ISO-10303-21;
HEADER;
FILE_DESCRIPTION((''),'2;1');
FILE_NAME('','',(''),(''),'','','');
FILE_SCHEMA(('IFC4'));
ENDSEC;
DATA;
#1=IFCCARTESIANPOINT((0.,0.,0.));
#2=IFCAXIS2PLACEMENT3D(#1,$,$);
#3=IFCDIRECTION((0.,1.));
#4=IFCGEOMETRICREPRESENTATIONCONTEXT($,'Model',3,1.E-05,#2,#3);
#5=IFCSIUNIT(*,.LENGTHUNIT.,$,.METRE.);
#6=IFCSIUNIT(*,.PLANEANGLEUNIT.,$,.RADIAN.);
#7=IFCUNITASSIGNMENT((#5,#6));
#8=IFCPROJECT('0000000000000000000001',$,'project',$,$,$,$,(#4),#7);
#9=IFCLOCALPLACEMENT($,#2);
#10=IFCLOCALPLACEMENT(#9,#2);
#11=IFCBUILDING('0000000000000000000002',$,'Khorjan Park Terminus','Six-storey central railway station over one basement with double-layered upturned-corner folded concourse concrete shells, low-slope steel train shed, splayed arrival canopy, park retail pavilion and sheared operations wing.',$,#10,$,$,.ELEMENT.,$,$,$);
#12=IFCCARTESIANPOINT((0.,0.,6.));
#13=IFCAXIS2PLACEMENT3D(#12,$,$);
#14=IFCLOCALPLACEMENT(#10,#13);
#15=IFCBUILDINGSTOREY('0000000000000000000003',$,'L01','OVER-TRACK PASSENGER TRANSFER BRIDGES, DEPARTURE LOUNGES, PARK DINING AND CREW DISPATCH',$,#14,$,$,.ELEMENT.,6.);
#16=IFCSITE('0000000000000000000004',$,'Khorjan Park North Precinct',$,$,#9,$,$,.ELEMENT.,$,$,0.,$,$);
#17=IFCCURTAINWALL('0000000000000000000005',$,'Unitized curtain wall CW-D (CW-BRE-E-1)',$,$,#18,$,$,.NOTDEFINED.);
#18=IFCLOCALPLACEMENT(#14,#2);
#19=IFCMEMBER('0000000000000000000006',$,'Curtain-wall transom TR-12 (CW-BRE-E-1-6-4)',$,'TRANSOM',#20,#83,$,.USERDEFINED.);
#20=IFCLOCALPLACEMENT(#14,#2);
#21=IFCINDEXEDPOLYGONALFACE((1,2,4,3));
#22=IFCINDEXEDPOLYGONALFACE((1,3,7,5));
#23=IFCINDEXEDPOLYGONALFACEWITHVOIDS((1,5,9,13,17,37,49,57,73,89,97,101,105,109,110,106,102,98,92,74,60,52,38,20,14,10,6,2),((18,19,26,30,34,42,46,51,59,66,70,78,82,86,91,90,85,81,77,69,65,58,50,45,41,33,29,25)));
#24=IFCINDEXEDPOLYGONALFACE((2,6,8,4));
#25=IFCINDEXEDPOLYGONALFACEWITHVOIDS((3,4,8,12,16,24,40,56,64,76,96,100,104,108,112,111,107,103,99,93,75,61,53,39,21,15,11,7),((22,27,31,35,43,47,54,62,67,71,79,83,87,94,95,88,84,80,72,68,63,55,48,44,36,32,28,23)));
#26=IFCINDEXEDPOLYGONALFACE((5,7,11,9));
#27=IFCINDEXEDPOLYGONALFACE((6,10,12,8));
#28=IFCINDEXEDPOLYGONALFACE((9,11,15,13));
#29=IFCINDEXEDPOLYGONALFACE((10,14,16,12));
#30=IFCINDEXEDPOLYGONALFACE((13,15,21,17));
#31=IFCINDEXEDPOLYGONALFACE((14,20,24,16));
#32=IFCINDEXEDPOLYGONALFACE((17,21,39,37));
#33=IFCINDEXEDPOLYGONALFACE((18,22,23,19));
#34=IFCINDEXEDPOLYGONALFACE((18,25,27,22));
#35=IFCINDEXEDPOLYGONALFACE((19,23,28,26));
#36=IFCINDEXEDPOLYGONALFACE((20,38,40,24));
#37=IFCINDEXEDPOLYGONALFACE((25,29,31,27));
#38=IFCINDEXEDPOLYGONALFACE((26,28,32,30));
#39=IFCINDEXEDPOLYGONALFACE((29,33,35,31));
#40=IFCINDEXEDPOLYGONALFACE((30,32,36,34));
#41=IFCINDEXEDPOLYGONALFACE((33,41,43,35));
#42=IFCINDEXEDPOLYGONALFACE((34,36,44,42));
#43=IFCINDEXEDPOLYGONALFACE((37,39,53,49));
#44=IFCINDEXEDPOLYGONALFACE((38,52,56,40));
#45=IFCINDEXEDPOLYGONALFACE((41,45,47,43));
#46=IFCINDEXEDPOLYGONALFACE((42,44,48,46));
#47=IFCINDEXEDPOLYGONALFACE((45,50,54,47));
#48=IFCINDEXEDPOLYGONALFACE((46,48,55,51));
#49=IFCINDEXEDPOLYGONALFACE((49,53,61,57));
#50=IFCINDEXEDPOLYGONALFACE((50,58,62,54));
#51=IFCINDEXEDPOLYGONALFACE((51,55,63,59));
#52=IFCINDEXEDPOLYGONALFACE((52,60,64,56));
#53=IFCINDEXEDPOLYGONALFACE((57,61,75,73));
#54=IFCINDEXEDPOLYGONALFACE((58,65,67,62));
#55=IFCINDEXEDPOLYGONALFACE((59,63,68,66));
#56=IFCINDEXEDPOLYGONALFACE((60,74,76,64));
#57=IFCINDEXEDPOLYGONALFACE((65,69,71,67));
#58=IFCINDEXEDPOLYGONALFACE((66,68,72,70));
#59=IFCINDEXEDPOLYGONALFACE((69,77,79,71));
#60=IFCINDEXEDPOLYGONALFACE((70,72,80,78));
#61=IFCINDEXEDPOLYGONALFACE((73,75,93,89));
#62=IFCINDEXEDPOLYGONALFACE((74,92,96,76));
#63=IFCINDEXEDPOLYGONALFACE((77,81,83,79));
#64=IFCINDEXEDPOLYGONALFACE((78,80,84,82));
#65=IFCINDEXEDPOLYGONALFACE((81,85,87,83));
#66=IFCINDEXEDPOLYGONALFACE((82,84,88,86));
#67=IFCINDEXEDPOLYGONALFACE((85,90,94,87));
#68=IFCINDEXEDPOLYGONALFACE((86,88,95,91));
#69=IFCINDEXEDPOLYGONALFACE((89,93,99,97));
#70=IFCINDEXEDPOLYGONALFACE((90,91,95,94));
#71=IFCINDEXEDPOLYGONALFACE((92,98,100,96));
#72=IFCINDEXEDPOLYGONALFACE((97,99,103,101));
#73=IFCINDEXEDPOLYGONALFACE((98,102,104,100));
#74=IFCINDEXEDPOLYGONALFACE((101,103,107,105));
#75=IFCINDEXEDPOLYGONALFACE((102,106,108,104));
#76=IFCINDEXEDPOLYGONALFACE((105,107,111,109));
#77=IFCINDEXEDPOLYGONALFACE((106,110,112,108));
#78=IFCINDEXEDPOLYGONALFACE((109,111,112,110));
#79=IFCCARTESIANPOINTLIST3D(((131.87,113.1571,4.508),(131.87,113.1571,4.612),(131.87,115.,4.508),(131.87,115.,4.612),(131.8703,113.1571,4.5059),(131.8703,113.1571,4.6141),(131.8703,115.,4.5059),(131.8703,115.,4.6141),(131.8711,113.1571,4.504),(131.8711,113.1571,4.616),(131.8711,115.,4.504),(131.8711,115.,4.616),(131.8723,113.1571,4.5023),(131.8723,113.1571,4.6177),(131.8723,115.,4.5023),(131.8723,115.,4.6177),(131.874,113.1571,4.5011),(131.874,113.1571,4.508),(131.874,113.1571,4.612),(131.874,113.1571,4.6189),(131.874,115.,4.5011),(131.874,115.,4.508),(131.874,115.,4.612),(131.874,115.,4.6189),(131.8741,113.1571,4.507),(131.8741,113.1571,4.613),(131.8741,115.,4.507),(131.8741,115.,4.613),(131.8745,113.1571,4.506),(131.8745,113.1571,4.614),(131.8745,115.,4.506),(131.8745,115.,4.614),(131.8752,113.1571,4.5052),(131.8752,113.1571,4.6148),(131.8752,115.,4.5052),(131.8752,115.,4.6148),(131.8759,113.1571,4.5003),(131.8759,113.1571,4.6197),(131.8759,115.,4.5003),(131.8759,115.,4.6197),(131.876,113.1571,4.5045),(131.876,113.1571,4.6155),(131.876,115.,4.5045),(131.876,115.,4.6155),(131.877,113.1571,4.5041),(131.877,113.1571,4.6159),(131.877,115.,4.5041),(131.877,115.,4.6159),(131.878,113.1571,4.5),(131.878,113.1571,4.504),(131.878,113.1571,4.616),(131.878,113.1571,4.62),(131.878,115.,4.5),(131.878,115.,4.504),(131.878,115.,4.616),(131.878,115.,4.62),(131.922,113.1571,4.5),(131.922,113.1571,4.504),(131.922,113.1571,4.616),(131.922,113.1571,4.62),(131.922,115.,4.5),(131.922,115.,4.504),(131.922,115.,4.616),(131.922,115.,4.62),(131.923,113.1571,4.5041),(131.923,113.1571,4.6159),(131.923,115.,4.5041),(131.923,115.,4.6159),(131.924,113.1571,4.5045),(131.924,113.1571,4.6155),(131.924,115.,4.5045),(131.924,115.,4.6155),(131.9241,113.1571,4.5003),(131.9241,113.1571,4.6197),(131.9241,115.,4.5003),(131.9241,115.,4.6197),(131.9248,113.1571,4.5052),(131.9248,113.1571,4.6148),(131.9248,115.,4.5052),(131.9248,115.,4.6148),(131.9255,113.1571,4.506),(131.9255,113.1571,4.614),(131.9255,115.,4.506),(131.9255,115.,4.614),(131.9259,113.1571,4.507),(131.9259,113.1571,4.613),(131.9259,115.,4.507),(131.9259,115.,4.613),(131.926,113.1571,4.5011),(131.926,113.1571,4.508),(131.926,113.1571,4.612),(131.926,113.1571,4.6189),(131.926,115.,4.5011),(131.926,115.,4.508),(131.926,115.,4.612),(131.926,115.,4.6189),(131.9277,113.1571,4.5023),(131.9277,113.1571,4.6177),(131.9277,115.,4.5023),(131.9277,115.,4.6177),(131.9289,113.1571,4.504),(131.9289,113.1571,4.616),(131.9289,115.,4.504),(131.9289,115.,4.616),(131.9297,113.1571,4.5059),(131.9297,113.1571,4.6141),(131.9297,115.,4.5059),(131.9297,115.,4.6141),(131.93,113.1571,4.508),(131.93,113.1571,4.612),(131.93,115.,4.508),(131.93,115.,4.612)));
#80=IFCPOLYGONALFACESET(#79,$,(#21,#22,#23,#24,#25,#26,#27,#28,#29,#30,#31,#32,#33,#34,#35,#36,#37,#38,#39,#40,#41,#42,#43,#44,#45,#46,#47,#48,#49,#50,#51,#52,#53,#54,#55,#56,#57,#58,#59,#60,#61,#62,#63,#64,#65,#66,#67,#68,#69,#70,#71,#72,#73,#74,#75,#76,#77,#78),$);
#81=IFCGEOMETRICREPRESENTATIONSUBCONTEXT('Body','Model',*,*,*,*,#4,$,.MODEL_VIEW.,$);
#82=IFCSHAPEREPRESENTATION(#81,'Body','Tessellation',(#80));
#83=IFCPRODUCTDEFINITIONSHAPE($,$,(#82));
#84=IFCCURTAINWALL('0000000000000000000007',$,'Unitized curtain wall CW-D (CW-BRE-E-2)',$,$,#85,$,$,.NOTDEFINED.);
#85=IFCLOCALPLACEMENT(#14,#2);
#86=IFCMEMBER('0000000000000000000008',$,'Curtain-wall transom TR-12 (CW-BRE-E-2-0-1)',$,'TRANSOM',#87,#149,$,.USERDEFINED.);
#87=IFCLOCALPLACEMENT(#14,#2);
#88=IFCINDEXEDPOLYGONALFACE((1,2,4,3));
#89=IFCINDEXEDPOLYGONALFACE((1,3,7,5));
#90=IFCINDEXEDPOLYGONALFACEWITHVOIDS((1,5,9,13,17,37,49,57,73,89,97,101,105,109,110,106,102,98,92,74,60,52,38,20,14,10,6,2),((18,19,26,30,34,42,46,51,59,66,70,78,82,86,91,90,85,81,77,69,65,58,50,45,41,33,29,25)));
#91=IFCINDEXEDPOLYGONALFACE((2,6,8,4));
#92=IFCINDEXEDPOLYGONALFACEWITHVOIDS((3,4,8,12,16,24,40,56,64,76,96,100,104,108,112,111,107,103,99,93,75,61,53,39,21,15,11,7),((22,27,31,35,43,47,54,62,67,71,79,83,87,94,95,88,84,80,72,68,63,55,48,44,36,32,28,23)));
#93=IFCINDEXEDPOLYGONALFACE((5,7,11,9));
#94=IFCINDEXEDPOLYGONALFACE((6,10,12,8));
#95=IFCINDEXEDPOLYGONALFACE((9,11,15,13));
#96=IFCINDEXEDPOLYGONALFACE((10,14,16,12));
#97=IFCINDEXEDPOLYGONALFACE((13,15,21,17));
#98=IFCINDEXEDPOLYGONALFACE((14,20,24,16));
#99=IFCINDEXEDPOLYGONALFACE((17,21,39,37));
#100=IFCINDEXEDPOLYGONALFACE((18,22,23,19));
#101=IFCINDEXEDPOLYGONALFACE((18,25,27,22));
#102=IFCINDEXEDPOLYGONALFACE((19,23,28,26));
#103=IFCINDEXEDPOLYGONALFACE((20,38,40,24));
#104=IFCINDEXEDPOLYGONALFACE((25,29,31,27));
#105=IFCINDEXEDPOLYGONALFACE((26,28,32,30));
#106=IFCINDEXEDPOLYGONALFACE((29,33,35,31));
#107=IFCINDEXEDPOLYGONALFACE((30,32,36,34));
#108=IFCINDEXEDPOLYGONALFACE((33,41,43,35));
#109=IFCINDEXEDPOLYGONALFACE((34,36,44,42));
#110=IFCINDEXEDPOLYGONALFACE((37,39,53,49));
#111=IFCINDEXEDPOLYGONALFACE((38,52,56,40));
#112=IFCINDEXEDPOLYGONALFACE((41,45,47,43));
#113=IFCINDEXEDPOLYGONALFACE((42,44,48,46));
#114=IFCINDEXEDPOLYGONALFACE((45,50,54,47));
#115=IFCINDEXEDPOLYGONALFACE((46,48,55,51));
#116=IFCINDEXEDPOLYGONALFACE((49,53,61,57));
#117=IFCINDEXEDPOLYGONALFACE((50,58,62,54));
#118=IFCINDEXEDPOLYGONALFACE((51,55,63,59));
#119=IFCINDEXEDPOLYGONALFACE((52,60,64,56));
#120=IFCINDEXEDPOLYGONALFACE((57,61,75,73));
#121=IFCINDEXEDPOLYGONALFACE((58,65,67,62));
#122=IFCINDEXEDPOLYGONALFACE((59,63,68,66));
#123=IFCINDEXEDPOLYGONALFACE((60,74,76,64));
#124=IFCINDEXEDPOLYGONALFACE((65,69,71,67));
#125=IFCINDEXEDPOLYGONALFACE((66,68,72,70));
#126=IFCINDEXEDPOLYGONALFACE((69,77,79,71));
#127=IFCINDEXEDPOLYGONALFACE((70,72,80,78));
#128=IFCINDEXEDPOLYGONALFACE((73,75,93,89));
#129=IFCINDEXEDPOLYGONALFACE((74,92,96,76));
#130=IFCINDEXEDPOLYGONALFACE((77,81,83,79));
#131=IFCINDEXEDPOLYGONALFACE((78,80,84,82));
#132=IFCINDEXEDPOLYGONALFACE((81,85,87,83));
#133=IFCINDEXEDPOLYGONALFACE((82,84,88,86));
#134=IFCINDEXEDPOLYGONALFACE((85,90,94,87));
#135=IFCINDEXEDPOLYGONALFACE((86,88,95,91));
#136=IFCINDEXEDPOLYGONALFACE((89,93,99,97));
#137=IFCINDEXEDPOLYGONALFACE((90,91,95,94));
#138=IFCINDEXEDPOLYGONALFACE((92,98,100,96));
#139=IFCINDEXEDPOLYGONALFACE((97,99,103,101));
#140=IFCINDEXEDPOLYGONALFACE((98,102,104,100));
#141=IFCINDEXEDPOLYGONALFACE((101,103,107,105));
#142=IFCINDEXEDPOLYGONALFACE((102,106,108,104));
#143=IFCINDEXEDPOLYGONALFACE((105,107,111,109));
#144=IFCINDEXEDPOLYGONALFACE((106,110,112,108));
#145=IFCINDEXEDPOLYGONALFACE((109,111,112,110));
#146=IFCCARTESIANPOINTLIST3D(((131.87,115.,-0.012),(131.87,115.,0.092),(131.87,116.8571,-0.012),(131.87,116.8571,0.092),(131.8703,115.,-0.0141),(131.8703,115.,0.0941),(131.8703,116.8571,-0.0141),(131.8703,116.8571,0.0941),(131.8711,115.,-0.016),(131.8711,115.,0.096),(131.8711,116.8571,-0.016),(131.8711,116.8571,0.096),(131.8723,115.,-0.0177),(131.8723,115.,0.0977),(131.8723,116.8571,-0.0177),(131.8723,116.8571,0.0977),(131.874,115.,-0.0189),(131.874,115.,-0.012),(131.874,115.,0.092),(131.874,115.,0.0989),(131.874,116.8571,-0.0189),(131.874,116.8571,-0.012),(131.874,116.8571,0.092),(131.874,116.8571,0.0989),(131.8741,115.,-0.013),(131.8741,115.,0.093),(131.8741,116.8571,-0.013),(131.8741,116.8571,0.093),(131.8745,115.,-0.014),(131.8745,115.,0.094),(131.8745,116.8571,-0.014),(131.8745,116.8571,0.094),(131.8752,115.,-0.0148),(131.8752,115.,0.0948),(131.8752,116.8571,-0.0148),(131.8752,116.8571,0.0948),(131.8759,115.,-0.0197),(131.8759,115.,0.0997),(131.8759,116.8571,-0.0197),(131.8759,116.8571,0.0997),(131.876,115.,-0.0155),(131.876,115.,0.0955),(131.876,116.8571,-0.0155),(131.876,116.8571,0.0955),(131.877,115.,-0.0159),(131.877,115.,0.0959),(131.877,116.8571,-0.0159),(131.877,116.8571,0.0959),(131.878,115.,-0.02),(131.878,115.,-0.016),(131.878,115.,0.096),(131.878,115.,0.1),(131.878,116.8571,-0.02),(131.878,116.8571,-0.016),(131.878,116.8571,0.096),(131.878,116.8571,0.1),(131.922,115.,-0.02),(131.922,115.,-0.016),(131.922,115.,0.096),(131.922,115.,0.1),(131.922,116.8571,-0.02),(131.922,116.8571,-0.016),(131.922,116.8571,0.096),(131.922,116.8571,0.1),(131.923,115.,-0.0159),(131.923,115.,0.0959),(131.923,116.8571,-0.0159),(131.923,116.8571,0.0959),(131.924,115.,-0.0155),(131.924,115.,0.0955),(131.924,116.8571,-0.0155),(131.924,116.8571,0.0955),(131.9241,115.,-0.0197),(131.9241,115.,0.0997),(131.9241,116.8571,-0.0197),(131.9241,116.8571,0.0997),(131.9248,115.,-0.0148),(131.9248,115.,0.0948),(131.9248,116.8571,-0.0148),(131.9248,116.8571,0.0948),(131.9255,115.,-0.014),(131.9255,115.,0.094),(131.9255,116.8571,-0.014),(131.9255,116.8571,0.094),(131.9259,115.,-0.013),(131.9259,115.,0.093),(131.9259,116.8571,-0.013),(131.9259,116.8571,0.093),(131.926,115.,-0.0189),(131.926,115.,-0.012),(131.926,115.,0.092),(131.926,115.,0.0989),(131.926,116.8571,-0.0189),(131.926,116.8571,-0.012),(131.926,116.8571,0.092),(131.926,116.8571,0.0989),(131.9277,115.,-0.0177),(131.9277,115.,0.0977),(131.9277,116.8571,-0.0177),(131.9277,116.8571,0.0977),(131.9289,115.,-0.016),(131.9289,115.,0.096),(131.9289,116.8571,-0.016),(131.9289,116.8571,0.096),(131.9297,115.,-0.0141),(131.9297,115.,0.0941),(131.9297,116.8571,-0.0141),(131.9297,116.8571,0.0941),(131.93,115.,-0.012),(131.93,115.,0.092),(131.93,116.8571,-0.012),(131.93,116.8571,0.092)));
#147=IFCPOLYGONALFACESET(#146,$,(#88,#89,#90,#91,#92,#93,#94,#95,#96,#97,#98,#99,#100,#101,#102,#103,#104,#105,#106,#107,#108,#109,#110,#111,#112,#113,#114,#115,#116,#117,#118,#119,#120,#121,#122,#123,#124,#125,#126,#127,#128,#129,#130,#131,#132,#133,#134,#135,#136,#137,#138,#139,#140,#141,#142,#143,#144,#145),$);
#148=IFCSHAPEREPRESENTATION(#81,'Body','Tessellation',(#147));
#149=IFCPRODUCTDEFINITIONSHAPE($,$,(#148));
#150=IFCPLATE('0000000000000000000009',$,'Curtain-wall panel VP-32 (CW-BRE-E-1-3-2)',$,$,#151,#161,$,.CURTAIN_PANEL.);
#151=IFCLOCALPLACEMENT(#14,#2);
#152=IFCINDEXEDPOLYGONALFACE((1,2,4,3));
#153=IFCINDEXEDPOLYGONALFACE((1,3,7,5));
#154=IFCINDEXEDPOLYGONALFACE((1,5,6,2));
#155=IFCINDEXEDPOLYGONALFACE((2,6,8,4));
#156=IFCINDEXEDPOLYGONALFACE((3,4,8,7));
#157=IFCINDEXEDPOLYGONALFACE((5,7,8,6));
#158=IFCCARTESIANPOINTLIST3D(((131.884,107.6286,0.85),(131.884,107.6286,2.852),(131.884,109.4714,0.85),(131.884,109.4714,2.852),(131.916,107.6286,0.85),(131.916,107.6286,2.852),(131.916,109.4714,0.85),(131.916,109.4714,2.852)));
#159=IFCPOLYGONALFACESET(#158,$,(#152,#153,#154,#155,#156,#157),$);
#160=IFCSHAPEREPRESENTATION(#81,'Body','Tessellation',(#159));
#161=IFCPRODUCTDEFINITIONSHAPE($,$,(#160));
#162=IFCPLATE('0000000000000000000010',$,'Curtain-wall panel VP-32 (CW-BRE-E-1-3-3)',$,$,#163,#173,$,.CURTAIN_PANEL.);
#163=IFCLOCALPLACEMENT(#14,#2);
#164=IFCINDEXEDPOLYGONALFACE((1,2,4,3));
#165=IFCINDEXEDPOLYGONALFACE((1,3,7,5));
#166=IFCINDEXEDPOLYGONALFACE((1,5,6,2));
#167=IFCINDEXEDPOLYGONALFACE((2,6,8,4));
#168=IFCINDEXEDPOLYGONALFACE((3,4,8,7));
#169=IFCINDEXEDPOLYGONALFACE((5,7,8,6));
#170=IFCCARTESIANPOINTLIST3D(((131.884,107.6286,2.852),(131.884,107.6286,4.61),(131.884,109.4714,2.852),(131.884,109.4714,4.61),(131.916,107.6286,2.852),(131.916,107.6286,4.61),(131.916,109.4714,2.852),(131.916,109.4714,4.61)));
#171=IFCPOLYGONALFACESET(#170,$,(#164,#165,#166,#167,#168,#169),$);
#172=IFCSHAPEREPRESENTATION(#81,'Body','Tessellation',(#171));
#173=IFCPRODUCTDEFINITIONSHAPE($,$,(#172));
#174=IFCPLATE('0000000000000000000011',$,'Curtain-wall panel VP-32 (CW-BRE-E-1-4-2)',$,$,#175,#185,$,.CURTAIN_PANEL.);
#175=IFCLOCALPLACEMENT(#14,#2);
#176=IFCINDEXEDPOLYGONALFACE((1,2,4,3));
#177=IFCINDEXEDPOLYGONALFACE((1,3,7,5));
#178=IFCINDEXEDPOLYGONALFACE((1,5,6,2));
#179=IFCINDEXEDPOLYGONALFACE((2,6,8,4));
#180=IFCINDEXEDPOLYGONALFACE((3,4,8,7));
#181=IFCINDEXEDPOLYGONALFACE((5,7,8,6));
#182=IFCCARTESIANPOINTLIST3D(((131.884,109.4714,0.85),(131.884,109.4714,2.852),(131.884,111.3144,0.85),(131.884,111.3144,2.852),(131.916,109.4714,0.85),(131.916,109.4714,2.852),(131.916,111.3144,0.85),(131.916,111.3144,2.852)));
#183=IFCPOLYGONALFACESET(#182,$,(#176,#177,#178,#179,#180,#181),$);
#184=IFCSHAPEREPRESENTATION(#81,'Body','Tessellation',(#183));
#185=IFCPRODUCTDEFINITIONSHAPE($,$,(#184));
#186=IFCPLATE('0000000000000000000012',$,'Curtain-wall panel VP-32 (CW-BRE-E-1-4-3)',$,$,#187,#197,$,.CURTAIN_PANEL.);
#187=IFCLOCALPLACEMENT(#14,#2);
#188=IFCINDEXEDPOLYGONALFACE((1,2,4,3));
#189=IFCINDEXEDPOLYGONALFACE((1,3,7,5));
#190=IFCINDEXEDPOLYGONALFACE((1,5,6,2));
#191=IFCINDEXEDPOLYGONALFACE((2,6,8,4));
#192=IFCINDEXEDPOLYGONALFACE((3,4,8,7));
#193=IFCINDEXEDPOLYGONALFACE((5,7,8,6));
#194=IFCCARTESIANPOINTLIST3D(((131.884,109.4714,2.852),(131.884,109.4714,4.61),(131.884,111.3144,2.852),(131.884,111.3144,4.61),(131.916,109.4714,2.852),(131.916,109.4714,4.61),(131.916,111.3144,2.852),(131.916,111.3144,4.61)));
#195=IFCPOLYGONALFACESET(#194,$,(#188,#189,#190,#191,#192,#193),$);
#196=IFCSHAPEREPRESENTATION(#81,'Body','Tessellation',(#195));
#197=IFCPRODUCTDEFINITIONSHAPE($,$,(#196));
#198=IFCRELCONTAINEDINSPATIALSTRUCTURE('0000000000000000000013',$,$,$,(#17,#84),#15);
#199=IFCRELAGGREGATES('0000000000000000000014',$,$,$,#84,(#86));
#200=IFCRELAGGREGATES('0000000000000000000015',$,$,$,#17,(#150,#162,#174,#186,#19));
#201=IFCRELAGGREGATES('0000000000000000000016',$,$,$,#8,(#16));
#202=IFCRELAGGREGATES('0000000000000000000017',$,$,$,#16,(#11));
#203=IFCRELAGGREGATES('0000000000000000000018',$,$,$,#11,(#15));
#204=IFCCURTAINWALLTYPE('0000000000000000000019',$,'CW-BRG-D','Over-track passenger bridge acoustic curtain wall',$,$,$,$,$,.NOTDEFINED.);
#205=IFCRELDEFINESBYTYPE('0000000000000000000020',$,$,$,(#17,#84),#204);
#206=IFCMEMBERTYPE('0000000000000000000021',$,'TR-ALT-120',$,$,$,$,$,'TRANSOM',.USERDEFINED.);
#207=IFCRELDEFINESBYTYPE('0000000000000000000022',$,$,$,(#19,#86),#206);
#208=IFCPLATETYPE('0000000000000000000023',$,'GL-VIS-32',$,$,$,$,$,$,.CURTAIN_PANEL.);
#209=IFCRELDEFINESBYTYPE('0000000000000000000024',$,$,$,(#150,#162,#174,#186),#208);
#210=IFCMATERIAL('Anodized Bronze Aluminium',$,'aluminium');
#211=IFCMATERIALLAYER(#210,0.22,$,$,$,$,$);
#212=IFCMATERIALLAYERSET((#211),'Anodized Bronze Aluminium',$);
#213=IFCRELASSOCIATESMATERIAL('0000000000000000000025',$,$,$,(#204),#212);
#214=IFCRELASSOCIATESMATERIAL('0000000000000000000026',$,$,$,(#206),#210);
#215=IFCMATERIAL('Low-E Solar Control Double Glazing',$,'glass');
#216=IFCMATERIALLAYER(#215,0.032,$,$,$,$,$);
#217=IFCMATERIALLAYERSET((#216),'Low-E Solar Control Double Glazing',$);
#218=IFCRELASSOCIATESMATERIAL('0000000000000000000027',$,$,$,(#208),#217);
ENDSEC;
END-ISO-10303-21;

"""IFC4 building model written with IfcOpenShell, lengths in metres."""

from ifc_helpers import new_model, si_unit, direction, frame, origin, origin_2d, place, context, subcontext, project, spatial, rectangle, hollow_rectangle, extrude, material, layer, layer_set, material_profile, profile_set, type_object, element, aggregate, save


model = new_model("IFC4")

# Units and contexts
model_context = context("Model", 3, precision=1e-05, world=origin(), true_north=direction((0.0, 1.0)))
body_context = subcontext(model_context, "Body", "Model", "MODEL_VIEW")
ifc_project = project(units=[si_unit("LENGTHUNIT", "METRE"), si_unit("PLANEANGLEUNIT", "RADIAN")], contexts=[model_context])

# Site, building, storey
site_placement = place(None, origin())
site = spatial("IfcSite", under=ifc_project, at=site_placement, Name="Khorjan Park North Precinct", CompositionType="ELEMENT", RefElevation=0.0)
building_placement = place(site_placement, origin())
building = spatial("IfcBuilding", under=site, at=building_placement, Name="Khorjan Park Terminus", Description="Six-storey central railway station over one basement with double-layered upturned-corner folded concourse concrete shells, low-slope steel train shed, splayed arrival canopy, park retail pavilion and sheared operations wing.", CompositionType="ELEMENT")
storey_placement = place(building_placement, frame((0.0, 0.0, 6.0)))
storey = spatial("IfcBuildingStorey", under=building, at=storey_placement, Name="L01", Description="OVER-TRACK PASSENGER TRANSFER BRIDGES, DEPARTURE LOUNGES, PARK DINING AND CREW DISPATCH", CompositionType="ELEMENT", Elevation=6.0)

# Curtain wall, member
ifc_material_1 = material(Name="Anodized Bronze Aluminium", Category="aluminium")
ifc_layer_1 = layer(ifc_material_1, 0.22)
ifc_layer_set_1 = layer_set([ifc_layer_1], Name="Anodized Bronze Aluminium")
curtain_wall_type = type_object("IfcCurtainWallType", Name="CW-BRG-D", Description="Over-track passenger bridge acoustic curtain wall", PredefinedType="NOTDEFINED", material=ifc_layer_set_1)
curtain_wall_1_placement = place(storey_placement, origin())
curtain_wall_1 = element("IfcCurtainWall", 1, at=curtain_wall_1_placement, inside=storey, type_object=curtain_wall_type, Name="Unitized curtain wall CW-D (CW-BRE-E-1)", PredefinedType="NOTDEFINED")
ifc_material_profile_1 = material_profile(ifc_material_1, hollow_rectangle(XDim=0.06, YDim=0.12, WallThickness=0.004, InnerFilletRadius=0.004, OuterFilletRadius=0.008, at=origin_2d()), Name="ALT 60x120x4")
ifc_profile_set_1 = profile_set([ifc_material_profile_1], Name="Anodized Bronze Aluminium")
member_type_1 = type_object("IfcMemberType", Name="TR-ALT-120", ElementType="TRANSOM", PredefinedType="USERDEFINED", material=ifc_profile_set_1)
member_1_placement = place(storey_placement, frame((131.9, 113.1571, 4.56), z_axis=(0.0, 1.0, 0.0), x_axis=(-1.0, 0.0, 0.0)))
member_1 = element("IfcMember", 2, at=member_1_placement, type_object=member_type_1, Name="Curtain-wall transom TR-12 (CW-BRE-E-1-6-4)", ObjectType="TRANSOM", PredefinedType="USERDEFINED", context=body_context, shape_type="SweptSolid", body=[
    extrude(hollow_rectangle(XDim=0.06, YDim=0.12, WallThickness=0.004, InnerFilletRadius=0.004, OuterFilletRadius=0.008, at=origin_2d()), origin(), (0.0, 0.0, 1.0), 1.8429),
])

# Curtain wall, member
curtain_wall_2_placement = place(storey_placement, origin())
curtain_wall_2 = element("IfcCurtainWall", 3, at=curtain_wall_2_placement, inside=storey, type_object=curtain_wall_type, Name="Unitized curtain wall CW-D (CW-BRE-E-2)", PredefinedType="NOTDEFINED")
member_2_placement = place(storey_placement, frame((131.9, 115.0, 0.04), z_axis=(0.0, 1.0, 0.0), x_axis=(-1.0, 0.0, 0.0)))
member_2 = element("IfcMember", 4, at=member_2_placement, type_object=member_type_1, Name="Curtain-wall transom TR-12 (CW-BRE-E-2-0-1)", ObjectType="TRANSOM", PredefinedType="USERDEFINED", context=body_context, shape_type="SweptSolid", body=[
    extrude(hollow_rectangle(XDim=0.06, YDim=0.12, WallThickness=0.004, InnerFilletRadius=0.004, OuterFilletRadius=0.008, at=origin_2d()), origin(), (0.0, 0.0, 1.0), 1.8571),
])
aggregate(curtain_wall_2, [member_2])

# Plates
ifc_material_2 = material(Name="Low-E Solar Control Double Glazing", Category="glass")
ifc_layer_2 = layer(ifc_material_2, 0.032)
ifc_layer_set_2 = layer_set([ifc_layer_2], Name="Low-E Solar Control Double Glazing")
plate_type_1 = type_object("IfcPlateType", Name="GL-VIS-32", PredefinedType="CURTAIN_PANEL", material=ifc_layer_set_2)
plate_1_placement = place(storey_placement, frame((131.9, 108.55, 0.85), z_axis=(0.0, 0.0, 1.0), x_axis=(0.0, 1.0, 0.0)))
plate_1 = element("IfcPlate", 5, at=plate_1_placement, type_object=plate_type_1, Name="Curtain-wall panel VP-32 (CW-BRE-E-1-3-2)", PredefinedType="CURTAIN_PANEL", context=body_context, shape_type="SweptSolid", body=[
    extrude(rectangle(XDim=1.8429, YDim=0.032, at=origin_2d()), origin(), (0.0, 0.0, 1.0), 2.002),
])
plate_2_placement = place(storey_placement, frame((131.9, 108.55, 2.852), z_axis=(0.0, 0.0, 1.0), x_axis=(0.0, 1.0, 0.0)))
plate_2 = element("IfcPlate", 6, at=plate_2_placement, type_object=plate_type_1, Name="Curtain-wall panel VP-32 (CW-BRE-E-1-3-3)", PredefinedType="CURTAIN_PANEL", context=body_context, shape_type="SweptSolid", body=[
    extrude(rectangle(XDim=1.8429, YDim=0.032, at=origin_2d()), origin(), (0.0, 0.0, 1.0), 1.758),
])
plate_3_placement = place(storey_placement, frame((131.9, 110.3929, 0.85), z_axis=(0.0, 0.0, 1.0), x_axis=(0.0, 1.0, 0.0)))
plate_3 = element("IfcPlate", 7, at=plate_3_placement, type_object=plate_type_1, Name="Curtain-wall panel VP-32 (CW-BRE-E-1-4-2)", PredefinedType="CURTAIN_PANEL", context=body_context, shape_type="SweptSolid", body=[
    extrude(rectangle(XDim=1.8429, YDim=0.032, at=origin_2d()), origin(), (0.0, 0.0, 1.0), 2.002),
])
plate_4_placement = place(storey_placement, frame((131.9, 110.3929, 2.852), z_axis=(0.0, 0.0, 1.0), x_axis=(0.0, 1.0, 0.0)))
plate_4 = element("IfcPlate", 8, at=plate_4_placement, type_object=plate_type_1, Name="Curtain-wall panel VP-32 (CW-BRE-E-1-4-3)", PredefinedType="CURTAIN_PANEL", context=body_context, shape_type="SweptSolid", body=[
    extrude(rectangle(XDim=1.8429, YDim=0.032, at=origin_2d()), origin(), (0.0, 0.0, 1.0), 1.758),
])
aggregate(curtain_wall_1, [plate_1, plate_2, plate_3, plate_4, member_1])

save(model, "model.ifc")
